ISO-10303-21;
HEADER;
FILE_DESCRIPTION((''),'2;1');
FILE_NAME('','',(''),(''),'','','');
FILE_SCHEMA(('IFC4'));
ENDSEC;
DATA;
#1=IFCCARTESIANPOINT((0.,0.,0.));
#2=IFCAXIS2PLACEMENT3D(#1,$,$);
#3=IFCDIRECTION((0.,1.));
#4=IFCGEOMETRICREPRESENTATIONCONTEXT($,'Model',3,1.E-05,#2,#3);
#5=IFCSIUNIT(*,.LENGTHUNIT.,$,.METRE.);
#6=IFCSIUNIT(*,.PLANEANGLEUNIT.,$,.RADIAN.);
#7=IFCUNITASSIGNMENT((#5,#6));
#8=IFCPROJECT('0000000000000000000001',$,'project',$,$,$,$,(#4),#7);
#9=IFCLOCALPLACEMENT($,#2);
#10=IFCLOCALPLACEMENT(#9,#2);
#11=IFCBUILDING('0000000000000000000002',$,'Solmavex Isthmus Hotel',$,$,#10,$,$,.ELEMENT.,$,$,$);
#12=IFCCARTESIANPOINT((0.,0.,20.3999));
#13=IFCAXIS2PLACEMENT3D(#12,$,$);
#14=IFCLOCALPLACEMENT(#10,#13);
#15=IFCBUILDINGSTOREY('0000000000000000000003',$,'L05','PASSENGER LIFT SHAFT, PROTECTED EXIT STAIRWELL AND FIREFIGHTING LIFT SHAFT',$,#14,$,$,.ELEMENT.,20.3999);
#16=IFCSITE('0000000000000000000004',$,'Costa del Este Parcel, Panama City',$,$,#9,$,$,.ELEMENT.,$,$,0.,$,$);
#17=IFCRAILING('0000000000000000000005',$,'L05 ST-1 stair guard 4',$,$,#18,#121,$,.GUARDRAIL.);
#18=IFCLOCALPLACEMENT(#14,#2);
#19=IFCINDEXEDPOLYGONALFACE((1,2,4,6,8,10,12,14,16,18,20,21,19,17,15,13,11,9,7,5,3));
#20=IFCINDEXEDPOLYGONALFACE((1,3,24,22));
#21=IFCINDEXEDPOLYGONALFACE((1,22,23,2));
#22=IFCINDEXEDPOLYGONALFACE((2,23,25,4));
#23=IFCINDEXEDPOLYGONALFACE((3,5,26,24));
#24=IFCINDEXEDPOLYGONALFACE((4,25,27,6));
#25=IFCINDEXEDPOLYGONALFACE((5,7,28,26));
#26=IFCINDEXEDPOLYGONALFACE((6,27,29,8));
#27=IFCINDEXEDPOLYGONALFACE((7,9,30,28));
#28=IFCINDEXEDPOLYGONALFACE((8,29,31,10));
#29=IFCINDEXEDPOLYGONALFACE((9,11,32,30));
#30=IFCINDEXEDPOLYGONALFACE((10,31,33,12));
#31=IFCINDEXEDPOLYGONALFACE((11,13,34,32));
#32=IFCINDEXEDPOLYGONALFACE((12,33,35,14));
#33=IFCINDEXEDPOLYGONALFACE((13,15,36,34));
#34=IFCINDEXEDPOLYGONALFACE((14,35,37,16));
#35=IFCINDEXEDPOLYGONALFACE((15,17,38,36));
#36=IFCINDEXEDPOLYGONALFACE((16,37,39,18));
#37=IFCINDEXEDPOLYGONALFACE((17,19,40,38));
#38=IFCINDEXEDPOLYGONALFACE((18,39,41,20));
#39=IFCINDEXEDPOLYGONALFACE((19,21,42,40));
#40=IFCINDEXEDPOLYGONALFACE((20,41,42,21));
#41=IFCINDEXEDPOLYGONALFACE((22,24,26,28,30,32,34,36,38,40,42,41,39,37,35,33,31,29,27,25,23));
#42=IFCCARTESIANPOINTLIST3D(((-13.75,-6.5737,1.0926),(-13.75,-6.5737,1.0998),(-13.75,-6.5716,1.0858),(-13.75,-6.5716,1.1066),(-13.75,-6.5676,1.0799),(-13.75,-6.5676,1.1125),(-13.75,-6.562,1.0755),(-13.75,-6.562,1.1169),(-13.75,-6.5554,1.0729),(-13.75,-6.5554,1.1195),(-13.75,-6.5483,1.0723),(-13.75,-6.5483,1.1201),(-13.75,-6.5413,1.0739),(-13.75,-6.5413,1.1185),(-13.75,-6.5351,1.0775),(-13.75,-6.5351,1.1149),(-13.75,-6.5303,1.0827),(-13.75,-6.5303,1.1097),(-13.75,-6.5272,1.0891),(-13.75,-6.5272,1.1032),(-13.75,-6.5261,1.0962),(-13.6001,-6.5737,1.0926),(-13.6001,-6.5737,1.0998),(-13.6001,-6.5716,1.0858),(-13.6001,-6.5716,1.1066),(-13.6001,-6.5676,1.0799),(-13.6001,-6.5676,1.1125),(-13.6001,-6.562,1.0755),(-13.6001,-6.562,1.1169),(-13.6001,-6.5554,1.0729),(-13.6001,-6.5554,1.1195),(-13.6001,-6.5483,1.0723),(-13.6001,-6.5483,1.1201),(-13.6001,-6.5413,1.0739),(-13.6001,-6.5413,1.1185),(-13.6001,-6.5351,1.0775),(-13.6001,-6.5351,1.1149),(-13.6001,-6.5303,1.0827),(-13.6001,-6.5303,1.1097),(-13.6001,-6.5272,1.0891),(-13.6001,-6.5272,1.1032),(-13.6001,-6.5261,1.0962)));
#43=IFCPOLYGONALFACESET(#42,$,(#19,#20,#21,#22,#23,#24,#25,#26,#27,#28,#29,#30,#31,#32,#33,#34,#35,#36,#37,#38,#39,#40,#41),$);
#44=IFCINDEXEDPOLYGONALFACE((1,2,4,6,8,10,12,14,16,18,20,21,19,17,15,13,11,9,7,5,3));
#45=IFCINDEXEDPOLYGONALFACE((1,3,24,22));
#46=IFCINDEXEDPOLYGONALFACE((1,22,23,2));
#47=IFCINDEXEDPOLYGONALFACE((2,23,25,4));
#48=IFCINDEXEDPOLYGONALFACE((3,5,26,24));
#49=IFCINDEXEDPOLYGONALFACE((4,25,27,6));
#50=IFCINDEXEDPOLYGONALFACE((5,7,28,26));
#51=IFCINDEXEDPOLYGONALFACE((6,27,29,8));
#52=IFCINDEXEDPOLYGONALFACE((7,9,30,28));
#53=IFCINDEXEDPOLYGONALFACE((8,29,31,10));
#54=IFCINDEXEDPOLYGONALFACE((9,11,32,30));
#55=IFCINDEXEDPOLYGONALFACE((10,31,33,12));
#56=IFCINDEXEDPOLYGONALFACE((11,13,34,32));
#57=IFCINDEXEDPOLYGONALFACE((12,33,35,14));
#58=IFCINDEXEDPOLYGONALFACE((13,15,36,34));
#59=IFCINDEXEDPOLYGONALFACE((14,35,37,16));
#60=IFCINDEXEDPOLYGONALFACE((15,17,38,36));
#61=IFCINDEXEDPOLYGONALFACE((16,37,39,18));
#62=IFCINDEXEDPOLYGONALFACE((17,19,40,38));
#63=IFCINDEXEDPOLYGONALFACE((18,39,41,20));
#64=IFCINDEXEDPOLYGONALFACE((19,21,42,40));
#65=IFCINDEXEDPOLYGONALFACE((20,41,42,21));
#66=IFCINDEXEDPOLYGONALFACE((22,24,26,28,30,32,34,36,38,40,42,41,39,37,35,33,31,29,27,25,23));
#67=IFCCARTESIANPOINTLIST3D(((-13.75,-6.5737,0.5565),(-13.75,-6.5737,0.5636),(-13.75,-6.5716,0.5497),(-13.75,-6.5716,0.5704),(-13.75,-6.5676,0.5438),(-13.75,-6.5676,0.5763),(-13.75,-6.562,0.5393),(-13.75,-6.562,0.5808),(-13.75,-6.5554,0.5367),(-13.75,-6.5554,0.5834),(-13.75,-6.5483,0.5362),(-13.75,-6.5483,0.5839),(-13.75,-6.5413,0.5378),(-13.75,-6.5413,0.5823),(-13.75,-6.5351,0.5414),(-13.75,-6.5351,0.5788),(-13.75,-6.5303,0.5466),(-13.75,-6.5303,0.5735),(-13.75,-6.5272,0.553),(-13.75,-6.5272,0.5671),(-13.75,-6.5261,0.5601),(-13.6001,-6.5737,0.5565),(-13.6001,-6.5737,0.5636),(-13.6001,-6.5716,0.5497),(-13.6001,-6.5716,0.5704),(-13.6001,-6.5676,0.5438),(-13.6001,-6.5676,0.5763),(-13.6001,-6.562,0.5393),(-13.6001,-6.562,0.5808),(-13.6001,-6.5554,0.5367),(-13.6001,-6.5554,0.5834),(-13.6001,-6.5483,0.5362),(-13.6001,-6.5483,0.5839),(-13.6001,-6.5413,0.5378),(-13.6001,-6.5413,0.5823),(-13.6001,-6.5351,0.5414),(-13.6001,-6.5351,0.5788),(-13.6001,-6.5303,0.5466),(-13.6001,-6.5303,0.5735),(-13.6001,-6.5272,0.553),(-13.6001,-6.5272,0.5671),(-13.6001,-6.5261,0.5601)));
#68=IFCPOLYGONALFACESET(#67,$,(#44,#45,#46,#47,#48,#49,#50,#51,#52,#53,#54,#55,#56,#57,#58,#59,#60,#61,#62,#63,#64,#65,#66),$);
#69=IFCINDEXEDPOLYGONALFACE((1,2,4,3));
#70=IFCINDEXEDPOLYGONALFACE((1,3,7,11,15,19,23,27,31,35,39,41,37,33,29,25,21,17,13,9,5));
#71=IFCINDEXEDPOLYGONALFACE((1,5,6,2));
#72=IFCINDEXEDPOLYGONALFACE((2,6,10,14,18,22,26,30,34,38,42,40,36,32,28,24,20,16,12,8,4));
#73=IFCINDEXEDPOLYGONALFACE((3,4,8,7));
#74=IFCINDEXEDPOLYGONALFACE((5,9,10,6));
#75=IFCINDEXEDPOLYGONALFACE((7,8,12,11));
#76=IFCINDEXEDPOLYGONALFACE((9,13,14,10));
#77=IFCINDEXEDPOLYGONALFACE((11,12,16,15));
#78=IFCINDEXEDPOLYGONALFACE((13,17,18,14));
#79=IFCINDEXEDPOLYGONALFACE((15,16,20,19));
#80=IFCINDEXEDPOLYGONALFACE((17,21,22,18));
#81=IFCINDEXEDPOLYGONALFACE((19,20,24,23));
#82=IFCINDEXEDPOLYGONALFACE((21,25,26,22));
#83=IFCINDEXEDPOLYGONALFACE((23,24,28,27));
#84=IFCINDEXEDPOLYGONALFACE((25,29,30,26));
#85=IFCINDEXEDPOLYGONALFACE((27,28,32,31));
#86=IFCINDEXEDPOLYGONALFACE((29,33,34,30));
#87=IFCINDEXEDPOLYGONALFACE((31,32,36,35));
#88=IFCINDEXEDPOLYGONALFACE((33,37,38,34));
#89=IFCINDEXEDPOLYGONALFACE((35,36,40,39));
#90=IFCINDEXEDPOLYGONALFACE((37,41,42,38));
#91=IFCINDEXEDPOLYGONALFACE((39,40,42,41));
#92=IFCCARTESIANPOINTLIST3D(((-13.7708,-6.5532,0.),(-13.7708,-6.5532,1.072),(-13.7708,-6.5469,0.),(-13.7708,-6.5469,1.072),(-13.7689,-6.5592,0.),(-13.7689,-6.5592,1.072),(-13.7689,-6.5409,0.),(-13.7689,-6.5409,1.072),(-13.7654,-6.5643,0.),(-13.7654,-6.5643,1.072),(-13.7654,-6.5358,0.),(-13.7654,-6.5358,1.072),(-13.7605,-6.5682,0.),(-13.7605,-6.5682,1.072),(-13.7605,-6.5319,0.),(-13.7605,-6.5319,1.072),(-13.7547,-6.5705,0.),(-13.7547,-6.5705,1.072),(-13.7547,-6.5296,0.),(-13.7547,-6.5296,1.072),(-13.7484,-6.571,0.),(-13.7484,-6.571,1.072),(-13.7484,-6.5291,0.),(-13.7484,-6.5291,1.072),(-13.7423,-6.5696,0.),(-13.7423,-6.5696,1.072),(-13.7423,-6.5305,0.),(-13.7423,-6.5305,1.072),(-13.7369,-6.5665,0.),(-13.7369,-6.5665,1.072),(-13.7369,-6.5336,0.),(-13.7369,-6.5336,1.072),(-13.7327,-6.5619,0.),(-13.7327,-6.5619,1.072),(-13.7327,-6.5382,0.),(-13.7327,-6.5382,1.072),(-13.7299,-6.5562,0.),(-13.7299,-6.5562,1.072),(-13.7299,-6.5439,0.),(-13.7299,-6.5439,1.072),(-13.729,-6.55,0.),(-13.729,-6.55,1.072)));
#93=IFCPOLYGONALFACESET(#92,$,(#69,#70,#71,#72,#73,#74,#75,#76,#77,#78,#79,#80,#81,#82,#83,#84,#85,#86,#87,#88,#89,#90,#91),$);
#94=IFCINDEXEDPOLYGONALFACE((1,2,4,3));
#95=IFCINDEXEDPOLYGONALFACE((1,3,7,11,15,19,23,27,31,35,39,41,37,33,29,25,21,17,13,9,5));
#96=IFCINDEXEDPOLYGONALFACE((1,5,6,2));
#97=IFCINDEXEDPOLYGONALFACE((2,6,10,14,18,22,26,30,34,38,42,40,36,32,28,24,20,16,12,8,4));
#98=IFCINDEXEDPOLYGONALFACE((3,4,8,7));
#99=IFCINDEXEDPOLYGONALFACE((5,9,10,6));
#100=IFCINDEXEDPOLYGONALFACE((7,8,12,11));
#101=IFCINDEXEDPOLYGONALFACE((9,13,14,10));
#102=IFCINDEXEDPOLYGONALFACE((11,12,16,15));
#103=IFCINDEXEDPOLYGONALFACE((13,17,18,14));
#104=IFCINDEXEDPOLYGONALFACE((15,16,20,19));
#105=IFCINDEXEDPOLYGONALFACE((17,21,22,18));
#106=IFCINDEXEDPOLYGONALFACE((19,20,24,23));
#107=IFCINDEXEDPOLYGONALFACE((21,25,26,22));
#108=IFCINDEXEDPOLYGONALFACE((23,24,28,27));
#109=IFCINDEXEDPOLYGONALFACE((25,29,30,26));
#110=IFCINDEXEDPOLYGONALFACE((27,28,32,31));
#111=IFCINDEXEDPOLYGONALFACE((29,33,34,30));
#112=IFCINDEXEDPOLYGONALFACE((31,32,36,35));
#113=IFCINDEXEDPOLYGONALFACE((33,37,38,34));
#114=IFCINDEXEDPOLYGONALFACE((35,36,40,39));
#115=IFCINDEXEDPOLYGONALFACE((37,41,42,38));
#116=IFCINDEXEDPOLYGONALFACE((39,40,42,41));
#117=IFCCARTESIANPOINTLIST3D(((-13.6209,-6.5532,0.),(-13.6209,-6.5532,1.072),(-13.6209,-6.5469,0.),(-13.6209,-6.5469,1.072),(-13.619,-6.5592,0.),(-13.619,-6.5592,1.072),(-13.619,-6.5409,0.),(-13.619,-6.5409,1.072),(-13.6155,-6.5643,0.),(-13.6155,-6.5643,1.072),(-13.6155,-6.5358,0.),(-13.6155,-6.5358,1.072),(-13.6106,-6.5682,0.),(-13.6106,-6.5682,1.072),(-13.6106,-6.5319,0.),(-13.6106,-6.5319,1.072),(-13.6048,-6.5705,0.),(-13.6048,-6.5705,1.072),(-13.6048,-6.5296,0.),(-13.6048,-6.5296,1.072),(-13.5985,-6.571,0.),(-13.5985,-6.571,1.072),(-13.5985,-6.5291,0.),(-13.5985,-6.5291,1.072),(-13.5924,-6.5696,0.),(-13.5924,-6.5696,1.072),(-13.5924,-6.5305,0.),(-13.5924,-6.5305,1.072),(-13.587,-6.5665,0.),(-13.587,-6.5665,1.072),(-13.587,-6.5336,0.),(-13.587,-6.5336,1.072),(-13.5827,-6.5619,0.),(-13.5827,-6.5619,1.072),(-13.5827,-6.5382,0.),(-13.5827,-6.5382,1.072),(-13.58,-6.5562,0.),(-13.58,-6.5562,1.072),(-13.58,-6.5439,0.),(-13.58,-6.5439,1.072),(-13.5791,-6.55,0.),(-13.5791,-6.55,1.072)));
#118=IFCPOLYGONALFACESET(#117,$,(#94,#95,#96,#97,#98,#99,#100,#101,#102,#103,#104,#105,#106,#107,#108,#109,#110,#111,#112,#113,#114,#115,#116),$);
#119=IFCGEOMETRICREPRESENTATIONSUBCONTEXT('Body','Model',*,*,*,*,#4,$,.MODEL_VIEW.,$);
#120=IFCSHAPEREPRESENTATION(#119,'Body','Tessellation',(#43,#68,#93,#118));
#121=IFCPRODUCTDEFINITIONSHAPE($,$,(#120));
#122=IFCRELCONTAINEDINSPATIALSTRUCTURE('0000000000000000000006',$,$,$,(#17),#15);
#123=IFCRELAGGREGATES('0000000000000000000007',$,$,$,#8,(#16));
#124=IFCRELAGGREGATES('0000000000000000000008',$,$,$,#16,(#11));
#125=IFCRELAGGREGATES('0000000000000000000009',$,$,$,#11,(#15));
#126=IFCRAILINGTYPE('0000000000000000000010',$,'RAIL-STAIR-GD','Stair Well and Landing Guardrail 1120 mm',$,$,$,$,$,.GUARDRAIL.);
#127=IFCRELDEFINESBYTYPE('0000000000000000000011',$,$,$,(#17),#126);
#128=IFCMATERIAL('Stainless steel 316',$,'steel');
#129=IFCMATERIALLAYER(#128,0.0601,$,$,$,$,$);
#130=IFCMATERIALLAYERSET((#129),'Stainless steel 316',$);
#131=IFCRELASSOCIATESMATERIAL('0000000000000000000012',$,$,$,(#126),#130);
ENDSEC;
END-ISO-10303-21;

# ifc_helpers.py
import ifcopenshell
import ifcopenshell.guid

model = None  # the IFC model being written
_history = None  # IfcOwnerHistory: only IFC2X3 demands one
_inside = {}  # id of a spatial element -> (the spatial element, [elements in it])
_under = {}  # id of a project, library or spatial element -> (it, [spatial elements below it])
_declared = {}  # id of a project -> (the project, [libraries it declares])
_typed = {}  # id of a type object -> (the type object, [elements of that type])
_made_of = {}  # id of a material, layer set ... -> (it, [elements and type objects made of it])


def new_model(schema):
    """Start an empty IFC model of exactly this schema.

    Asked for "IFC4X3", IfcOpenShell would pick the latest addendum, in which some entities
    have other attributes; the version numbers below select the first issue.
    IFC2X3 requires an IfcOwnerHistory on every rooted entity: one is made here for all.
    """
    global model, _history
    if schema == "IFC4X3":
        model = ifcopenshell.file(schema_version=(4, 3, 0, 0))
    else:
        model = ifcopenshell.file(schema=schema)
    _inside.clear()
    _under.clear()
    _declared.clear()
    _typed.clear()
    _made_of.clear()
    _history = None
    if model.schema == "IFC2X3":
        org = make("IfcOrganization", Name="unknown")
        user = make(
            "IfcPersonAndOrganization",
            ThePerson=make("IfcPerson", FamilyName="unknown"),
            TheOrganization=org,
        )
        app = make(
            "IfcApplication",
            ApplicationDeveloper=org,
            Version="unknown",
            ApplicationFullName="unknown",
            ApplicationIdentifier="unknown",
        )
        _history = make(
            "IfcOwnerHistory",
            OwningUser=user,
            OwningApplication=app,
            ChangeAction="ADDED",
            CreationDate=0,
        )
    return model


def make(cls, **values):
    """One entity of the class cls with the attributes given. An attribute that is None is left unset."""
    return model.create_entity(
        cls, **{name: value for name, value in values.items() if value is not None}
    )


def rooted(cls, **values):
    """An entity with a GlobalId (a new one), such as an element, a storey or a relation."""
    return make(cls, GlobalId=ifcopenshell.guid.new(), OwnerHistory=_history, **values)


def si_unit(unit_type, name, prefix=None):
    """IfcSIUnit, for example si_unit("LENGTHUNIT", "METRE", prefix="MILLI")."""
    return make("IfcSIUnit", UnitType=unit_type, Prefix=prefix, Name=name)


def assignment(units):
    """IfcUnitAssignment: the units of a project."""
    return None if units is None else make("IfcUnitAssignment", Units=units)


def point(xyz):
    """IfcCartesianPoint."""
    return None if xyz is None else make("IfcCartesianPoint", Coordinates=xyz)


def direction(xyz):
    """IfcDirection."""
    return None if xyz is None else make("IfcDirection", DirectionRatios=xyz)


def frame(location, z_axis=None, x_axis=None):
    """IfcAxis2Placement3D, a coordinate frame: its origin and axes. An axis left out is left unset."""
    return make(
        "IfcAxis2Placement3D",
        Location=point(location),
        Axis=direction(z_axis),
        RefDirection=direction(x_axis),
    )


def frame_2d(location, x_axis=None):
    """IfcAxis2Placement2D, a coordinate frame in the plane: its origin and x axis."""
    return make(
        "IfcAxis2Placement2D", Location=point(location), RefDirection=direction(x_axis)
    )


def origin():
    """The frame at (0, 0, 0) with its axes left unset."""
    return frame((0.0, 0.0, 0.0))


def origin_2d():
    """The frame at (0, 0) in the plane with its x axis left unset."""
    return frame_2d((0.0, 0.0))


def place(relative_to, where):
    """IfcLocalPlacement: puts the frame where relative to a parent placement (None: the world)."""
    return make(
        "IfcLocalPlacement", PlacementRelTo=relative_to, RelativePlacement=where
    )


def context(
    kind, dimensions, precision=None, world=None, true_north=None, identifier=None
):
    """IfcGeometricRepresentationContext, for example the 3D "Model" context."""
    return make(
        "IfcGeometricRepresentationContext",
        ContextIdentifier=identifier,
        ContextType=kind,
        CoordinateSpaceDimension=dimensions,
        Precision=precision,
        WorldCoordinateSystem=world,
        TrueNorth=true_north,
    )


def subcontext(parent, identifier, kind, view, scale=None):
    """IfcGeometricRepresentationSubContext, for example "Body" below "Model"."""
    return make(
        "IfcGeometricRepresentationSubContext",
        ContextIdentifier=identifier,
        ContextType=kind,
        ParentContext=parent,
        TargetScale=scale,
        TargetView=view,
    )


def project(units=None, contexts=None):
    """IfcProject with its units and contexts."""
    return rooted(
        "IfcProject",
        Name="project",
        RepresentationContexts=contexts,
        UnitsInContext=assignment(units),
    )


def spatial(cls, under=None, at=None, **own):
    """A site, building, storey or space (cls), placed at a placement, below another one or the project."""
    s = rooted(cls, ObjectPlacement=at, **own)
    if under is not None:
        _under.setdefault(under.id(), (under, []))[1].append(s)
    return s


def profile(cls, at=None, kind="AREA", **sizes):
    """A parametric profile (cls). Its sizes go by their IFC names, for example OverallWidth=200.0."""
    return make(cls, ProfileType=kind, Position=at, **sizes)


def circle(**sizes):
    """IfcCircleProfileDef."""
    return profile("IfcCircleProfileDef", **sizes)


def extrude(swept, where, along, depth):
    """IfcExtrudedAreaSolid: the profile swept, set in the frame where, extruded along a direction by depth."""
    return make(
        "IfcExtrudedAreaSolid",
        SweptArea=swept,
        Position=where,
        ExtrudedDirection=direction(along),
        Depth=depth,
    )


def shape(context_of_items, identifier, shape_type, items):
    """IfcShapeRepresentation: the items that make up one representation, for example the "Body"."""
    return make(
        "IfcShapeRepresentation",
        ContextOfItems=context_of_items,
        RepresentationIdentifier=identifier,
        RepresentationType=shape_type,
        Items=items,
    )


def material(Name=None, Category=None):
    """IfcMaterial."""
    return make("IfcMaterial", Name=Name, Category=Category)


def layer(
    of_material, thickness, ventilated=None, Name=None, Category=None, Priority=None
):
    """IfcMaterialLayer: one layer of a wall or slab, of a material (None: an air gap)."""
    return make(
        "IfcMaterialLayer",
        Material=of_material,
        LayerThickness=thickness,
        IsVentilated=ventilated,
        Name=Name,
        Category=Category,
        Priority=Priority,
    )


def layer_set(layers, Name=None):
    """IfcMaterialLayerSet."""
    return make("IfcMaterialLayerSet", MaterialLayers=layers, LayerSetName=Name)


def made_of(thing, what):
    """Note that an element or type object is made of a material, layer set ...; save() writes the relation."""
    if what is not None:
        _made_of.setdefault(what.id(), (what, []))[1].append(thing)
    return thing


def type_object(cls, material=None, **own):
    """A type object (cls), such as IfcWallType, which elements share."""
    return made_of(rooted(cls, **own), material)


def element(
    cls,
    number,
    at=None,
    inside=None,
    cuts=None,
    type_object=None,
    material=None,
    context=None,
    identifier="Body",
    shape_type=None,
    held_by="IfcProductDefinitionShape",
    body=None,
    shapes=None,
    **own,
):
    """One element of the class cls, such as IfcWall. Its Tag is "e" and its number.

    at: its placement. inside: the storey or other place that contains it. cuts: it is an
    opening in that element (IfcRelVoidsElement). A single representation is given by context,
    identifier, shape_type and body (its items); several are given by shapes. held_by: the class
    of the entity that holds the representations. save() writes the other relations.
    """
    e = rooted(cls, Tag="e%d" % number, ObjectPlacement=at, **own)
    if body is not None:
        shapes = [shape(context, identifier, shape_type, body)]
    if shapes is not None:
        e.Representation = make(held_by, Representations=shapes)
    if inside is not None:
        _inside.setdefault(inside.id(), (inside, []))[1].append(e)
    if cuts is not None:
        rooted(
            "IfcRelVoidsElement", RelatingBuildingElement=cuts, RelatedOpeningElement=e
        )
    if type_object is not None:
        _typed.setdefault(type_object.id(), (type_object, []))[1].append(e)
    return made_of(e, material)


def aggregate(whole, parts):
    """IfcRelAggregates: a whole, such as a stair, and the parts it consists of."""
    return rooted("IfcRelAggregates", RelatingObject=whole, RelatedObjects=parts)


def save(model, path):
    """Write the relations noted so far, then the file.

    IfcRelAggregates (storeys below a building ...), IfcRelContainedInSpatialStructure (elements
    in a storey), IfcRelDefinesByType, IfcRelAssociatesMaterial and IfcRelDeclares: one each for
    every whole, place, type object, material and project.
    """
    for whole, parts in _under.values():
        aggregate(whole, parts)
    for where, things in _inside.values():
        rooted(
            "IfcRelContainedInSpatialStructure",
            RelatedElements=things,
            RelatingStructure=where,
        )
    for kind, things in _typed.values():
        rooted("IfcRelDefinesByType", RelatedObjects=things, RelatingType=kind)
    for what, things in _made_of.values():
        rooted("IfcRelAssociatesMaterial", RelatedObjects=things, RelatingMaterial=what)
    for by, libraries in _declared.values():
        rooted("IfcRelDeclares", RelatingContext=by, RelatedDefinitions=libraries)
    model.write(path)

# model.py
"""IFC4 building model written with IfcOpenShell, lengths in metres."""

from ifc_helpers import new_model, si_unit, direction, frame, origin, origin_2d, place, context, subcontext, project, spatial, circle, extrude, material, layer, layer_set, type_object, element, save


model = new_model("IFC4")

# Units and contexts
model_context = context("Model", 3, precision=1e-05, world=origin(), true_north=direction((0.0, 1.0)))
body_context = subcontext(model_context, "Body", "Model", "MODEL_VIEW")
ifc_project = project(units=[si_unit("LENGTHUNIT", "METRE"), si_unit("PLANEANGLEUNIT", "RADIAN")], contexts=[model_context])

# Site, building, storey
site_placement = place(None, origin())
site = spatial("IfcSite", under=ifc_project, at=site_placement, Name="Costa del Este Parcel, Panama City", CompositionType="ELEMENT", RefElevation=0.0)
building_placement = place(site_placement, origin())
building = spatial("IfcBuilding", under=site, at=building_placement, Name="Solmavex Isthmus Hotel", CompositionType="ELEMENT")
storey_placement = place(building_placement, frame((0.0, 0.0, 20.3999)))
storey = spatial("IfcBuildingStorey", under=building, at=storey_placement, Name="L05", Description="PASSENGER LIFT SHAFT, PROTECTED EXIT STAIRWELL AND FIREFIGHTING LIFT SHAFT", CompositionType="ELEMENT", Elevation=20.3999)

# Shared definitions
ifc_material_1 = material(Name="Stainless steel 316", Category="steel")

# Railing
ifc_layer_1 = layer(ifc_material_1, 0.0601)
ifc_layer_set_1 = layer_set([ifc_layer_1], Name="Stainless steel 316")
railing_type_1 = type_object("IfcRailingType", Name="RAIL-STAIR-GD", Description="Stair Well and Landing Guardrail 1120 mm", PredefinedType="GUARDRAIL", material=ifc_layer_set_1)
railing_1_placement = place(storey_placement, frame((-13.75, -6.55, 0.0)))
element("IfcRailing", 1, at=railing_1_placement, inside=storey, type_object=railing_type_1, Name="L05 ST-1 stair guard 4", PredefinedType="GUARDRAIL", context=body_context, shape_type="SweptSolid", body=[
    extrude(circle(Radius=0.0239, at=origin_2d()), frame((0.0, 0.0, 1.0962), z_axis=(1.0, 0.0, 0.0), x_axis=(0.0, 1.0, 0.0)), (0.0, 0.0, 1.0), 0.1499),
    extrude(circle(Radius=0.0239, at=origin_2d()), frame((0.0, 0.0, 0.5601), z_axis=(1.0, 0.0, 0.0), x_axis=(0.0, 1.0, 0.0)), (0.0, 0.0, 1.0), 0.1499),
    extrude(circle(Radius=0.021, at=origin_2d()), origin(), (0.0, 0.0, 1.0), 1.072),
    extrude(circle(Radius=0.021, at=origin_2d()), frame((0.1499, 0.0, 0.0)), (0.0, 0.0, 1.0), 1.072),
])

save(model, "model.ifc")
